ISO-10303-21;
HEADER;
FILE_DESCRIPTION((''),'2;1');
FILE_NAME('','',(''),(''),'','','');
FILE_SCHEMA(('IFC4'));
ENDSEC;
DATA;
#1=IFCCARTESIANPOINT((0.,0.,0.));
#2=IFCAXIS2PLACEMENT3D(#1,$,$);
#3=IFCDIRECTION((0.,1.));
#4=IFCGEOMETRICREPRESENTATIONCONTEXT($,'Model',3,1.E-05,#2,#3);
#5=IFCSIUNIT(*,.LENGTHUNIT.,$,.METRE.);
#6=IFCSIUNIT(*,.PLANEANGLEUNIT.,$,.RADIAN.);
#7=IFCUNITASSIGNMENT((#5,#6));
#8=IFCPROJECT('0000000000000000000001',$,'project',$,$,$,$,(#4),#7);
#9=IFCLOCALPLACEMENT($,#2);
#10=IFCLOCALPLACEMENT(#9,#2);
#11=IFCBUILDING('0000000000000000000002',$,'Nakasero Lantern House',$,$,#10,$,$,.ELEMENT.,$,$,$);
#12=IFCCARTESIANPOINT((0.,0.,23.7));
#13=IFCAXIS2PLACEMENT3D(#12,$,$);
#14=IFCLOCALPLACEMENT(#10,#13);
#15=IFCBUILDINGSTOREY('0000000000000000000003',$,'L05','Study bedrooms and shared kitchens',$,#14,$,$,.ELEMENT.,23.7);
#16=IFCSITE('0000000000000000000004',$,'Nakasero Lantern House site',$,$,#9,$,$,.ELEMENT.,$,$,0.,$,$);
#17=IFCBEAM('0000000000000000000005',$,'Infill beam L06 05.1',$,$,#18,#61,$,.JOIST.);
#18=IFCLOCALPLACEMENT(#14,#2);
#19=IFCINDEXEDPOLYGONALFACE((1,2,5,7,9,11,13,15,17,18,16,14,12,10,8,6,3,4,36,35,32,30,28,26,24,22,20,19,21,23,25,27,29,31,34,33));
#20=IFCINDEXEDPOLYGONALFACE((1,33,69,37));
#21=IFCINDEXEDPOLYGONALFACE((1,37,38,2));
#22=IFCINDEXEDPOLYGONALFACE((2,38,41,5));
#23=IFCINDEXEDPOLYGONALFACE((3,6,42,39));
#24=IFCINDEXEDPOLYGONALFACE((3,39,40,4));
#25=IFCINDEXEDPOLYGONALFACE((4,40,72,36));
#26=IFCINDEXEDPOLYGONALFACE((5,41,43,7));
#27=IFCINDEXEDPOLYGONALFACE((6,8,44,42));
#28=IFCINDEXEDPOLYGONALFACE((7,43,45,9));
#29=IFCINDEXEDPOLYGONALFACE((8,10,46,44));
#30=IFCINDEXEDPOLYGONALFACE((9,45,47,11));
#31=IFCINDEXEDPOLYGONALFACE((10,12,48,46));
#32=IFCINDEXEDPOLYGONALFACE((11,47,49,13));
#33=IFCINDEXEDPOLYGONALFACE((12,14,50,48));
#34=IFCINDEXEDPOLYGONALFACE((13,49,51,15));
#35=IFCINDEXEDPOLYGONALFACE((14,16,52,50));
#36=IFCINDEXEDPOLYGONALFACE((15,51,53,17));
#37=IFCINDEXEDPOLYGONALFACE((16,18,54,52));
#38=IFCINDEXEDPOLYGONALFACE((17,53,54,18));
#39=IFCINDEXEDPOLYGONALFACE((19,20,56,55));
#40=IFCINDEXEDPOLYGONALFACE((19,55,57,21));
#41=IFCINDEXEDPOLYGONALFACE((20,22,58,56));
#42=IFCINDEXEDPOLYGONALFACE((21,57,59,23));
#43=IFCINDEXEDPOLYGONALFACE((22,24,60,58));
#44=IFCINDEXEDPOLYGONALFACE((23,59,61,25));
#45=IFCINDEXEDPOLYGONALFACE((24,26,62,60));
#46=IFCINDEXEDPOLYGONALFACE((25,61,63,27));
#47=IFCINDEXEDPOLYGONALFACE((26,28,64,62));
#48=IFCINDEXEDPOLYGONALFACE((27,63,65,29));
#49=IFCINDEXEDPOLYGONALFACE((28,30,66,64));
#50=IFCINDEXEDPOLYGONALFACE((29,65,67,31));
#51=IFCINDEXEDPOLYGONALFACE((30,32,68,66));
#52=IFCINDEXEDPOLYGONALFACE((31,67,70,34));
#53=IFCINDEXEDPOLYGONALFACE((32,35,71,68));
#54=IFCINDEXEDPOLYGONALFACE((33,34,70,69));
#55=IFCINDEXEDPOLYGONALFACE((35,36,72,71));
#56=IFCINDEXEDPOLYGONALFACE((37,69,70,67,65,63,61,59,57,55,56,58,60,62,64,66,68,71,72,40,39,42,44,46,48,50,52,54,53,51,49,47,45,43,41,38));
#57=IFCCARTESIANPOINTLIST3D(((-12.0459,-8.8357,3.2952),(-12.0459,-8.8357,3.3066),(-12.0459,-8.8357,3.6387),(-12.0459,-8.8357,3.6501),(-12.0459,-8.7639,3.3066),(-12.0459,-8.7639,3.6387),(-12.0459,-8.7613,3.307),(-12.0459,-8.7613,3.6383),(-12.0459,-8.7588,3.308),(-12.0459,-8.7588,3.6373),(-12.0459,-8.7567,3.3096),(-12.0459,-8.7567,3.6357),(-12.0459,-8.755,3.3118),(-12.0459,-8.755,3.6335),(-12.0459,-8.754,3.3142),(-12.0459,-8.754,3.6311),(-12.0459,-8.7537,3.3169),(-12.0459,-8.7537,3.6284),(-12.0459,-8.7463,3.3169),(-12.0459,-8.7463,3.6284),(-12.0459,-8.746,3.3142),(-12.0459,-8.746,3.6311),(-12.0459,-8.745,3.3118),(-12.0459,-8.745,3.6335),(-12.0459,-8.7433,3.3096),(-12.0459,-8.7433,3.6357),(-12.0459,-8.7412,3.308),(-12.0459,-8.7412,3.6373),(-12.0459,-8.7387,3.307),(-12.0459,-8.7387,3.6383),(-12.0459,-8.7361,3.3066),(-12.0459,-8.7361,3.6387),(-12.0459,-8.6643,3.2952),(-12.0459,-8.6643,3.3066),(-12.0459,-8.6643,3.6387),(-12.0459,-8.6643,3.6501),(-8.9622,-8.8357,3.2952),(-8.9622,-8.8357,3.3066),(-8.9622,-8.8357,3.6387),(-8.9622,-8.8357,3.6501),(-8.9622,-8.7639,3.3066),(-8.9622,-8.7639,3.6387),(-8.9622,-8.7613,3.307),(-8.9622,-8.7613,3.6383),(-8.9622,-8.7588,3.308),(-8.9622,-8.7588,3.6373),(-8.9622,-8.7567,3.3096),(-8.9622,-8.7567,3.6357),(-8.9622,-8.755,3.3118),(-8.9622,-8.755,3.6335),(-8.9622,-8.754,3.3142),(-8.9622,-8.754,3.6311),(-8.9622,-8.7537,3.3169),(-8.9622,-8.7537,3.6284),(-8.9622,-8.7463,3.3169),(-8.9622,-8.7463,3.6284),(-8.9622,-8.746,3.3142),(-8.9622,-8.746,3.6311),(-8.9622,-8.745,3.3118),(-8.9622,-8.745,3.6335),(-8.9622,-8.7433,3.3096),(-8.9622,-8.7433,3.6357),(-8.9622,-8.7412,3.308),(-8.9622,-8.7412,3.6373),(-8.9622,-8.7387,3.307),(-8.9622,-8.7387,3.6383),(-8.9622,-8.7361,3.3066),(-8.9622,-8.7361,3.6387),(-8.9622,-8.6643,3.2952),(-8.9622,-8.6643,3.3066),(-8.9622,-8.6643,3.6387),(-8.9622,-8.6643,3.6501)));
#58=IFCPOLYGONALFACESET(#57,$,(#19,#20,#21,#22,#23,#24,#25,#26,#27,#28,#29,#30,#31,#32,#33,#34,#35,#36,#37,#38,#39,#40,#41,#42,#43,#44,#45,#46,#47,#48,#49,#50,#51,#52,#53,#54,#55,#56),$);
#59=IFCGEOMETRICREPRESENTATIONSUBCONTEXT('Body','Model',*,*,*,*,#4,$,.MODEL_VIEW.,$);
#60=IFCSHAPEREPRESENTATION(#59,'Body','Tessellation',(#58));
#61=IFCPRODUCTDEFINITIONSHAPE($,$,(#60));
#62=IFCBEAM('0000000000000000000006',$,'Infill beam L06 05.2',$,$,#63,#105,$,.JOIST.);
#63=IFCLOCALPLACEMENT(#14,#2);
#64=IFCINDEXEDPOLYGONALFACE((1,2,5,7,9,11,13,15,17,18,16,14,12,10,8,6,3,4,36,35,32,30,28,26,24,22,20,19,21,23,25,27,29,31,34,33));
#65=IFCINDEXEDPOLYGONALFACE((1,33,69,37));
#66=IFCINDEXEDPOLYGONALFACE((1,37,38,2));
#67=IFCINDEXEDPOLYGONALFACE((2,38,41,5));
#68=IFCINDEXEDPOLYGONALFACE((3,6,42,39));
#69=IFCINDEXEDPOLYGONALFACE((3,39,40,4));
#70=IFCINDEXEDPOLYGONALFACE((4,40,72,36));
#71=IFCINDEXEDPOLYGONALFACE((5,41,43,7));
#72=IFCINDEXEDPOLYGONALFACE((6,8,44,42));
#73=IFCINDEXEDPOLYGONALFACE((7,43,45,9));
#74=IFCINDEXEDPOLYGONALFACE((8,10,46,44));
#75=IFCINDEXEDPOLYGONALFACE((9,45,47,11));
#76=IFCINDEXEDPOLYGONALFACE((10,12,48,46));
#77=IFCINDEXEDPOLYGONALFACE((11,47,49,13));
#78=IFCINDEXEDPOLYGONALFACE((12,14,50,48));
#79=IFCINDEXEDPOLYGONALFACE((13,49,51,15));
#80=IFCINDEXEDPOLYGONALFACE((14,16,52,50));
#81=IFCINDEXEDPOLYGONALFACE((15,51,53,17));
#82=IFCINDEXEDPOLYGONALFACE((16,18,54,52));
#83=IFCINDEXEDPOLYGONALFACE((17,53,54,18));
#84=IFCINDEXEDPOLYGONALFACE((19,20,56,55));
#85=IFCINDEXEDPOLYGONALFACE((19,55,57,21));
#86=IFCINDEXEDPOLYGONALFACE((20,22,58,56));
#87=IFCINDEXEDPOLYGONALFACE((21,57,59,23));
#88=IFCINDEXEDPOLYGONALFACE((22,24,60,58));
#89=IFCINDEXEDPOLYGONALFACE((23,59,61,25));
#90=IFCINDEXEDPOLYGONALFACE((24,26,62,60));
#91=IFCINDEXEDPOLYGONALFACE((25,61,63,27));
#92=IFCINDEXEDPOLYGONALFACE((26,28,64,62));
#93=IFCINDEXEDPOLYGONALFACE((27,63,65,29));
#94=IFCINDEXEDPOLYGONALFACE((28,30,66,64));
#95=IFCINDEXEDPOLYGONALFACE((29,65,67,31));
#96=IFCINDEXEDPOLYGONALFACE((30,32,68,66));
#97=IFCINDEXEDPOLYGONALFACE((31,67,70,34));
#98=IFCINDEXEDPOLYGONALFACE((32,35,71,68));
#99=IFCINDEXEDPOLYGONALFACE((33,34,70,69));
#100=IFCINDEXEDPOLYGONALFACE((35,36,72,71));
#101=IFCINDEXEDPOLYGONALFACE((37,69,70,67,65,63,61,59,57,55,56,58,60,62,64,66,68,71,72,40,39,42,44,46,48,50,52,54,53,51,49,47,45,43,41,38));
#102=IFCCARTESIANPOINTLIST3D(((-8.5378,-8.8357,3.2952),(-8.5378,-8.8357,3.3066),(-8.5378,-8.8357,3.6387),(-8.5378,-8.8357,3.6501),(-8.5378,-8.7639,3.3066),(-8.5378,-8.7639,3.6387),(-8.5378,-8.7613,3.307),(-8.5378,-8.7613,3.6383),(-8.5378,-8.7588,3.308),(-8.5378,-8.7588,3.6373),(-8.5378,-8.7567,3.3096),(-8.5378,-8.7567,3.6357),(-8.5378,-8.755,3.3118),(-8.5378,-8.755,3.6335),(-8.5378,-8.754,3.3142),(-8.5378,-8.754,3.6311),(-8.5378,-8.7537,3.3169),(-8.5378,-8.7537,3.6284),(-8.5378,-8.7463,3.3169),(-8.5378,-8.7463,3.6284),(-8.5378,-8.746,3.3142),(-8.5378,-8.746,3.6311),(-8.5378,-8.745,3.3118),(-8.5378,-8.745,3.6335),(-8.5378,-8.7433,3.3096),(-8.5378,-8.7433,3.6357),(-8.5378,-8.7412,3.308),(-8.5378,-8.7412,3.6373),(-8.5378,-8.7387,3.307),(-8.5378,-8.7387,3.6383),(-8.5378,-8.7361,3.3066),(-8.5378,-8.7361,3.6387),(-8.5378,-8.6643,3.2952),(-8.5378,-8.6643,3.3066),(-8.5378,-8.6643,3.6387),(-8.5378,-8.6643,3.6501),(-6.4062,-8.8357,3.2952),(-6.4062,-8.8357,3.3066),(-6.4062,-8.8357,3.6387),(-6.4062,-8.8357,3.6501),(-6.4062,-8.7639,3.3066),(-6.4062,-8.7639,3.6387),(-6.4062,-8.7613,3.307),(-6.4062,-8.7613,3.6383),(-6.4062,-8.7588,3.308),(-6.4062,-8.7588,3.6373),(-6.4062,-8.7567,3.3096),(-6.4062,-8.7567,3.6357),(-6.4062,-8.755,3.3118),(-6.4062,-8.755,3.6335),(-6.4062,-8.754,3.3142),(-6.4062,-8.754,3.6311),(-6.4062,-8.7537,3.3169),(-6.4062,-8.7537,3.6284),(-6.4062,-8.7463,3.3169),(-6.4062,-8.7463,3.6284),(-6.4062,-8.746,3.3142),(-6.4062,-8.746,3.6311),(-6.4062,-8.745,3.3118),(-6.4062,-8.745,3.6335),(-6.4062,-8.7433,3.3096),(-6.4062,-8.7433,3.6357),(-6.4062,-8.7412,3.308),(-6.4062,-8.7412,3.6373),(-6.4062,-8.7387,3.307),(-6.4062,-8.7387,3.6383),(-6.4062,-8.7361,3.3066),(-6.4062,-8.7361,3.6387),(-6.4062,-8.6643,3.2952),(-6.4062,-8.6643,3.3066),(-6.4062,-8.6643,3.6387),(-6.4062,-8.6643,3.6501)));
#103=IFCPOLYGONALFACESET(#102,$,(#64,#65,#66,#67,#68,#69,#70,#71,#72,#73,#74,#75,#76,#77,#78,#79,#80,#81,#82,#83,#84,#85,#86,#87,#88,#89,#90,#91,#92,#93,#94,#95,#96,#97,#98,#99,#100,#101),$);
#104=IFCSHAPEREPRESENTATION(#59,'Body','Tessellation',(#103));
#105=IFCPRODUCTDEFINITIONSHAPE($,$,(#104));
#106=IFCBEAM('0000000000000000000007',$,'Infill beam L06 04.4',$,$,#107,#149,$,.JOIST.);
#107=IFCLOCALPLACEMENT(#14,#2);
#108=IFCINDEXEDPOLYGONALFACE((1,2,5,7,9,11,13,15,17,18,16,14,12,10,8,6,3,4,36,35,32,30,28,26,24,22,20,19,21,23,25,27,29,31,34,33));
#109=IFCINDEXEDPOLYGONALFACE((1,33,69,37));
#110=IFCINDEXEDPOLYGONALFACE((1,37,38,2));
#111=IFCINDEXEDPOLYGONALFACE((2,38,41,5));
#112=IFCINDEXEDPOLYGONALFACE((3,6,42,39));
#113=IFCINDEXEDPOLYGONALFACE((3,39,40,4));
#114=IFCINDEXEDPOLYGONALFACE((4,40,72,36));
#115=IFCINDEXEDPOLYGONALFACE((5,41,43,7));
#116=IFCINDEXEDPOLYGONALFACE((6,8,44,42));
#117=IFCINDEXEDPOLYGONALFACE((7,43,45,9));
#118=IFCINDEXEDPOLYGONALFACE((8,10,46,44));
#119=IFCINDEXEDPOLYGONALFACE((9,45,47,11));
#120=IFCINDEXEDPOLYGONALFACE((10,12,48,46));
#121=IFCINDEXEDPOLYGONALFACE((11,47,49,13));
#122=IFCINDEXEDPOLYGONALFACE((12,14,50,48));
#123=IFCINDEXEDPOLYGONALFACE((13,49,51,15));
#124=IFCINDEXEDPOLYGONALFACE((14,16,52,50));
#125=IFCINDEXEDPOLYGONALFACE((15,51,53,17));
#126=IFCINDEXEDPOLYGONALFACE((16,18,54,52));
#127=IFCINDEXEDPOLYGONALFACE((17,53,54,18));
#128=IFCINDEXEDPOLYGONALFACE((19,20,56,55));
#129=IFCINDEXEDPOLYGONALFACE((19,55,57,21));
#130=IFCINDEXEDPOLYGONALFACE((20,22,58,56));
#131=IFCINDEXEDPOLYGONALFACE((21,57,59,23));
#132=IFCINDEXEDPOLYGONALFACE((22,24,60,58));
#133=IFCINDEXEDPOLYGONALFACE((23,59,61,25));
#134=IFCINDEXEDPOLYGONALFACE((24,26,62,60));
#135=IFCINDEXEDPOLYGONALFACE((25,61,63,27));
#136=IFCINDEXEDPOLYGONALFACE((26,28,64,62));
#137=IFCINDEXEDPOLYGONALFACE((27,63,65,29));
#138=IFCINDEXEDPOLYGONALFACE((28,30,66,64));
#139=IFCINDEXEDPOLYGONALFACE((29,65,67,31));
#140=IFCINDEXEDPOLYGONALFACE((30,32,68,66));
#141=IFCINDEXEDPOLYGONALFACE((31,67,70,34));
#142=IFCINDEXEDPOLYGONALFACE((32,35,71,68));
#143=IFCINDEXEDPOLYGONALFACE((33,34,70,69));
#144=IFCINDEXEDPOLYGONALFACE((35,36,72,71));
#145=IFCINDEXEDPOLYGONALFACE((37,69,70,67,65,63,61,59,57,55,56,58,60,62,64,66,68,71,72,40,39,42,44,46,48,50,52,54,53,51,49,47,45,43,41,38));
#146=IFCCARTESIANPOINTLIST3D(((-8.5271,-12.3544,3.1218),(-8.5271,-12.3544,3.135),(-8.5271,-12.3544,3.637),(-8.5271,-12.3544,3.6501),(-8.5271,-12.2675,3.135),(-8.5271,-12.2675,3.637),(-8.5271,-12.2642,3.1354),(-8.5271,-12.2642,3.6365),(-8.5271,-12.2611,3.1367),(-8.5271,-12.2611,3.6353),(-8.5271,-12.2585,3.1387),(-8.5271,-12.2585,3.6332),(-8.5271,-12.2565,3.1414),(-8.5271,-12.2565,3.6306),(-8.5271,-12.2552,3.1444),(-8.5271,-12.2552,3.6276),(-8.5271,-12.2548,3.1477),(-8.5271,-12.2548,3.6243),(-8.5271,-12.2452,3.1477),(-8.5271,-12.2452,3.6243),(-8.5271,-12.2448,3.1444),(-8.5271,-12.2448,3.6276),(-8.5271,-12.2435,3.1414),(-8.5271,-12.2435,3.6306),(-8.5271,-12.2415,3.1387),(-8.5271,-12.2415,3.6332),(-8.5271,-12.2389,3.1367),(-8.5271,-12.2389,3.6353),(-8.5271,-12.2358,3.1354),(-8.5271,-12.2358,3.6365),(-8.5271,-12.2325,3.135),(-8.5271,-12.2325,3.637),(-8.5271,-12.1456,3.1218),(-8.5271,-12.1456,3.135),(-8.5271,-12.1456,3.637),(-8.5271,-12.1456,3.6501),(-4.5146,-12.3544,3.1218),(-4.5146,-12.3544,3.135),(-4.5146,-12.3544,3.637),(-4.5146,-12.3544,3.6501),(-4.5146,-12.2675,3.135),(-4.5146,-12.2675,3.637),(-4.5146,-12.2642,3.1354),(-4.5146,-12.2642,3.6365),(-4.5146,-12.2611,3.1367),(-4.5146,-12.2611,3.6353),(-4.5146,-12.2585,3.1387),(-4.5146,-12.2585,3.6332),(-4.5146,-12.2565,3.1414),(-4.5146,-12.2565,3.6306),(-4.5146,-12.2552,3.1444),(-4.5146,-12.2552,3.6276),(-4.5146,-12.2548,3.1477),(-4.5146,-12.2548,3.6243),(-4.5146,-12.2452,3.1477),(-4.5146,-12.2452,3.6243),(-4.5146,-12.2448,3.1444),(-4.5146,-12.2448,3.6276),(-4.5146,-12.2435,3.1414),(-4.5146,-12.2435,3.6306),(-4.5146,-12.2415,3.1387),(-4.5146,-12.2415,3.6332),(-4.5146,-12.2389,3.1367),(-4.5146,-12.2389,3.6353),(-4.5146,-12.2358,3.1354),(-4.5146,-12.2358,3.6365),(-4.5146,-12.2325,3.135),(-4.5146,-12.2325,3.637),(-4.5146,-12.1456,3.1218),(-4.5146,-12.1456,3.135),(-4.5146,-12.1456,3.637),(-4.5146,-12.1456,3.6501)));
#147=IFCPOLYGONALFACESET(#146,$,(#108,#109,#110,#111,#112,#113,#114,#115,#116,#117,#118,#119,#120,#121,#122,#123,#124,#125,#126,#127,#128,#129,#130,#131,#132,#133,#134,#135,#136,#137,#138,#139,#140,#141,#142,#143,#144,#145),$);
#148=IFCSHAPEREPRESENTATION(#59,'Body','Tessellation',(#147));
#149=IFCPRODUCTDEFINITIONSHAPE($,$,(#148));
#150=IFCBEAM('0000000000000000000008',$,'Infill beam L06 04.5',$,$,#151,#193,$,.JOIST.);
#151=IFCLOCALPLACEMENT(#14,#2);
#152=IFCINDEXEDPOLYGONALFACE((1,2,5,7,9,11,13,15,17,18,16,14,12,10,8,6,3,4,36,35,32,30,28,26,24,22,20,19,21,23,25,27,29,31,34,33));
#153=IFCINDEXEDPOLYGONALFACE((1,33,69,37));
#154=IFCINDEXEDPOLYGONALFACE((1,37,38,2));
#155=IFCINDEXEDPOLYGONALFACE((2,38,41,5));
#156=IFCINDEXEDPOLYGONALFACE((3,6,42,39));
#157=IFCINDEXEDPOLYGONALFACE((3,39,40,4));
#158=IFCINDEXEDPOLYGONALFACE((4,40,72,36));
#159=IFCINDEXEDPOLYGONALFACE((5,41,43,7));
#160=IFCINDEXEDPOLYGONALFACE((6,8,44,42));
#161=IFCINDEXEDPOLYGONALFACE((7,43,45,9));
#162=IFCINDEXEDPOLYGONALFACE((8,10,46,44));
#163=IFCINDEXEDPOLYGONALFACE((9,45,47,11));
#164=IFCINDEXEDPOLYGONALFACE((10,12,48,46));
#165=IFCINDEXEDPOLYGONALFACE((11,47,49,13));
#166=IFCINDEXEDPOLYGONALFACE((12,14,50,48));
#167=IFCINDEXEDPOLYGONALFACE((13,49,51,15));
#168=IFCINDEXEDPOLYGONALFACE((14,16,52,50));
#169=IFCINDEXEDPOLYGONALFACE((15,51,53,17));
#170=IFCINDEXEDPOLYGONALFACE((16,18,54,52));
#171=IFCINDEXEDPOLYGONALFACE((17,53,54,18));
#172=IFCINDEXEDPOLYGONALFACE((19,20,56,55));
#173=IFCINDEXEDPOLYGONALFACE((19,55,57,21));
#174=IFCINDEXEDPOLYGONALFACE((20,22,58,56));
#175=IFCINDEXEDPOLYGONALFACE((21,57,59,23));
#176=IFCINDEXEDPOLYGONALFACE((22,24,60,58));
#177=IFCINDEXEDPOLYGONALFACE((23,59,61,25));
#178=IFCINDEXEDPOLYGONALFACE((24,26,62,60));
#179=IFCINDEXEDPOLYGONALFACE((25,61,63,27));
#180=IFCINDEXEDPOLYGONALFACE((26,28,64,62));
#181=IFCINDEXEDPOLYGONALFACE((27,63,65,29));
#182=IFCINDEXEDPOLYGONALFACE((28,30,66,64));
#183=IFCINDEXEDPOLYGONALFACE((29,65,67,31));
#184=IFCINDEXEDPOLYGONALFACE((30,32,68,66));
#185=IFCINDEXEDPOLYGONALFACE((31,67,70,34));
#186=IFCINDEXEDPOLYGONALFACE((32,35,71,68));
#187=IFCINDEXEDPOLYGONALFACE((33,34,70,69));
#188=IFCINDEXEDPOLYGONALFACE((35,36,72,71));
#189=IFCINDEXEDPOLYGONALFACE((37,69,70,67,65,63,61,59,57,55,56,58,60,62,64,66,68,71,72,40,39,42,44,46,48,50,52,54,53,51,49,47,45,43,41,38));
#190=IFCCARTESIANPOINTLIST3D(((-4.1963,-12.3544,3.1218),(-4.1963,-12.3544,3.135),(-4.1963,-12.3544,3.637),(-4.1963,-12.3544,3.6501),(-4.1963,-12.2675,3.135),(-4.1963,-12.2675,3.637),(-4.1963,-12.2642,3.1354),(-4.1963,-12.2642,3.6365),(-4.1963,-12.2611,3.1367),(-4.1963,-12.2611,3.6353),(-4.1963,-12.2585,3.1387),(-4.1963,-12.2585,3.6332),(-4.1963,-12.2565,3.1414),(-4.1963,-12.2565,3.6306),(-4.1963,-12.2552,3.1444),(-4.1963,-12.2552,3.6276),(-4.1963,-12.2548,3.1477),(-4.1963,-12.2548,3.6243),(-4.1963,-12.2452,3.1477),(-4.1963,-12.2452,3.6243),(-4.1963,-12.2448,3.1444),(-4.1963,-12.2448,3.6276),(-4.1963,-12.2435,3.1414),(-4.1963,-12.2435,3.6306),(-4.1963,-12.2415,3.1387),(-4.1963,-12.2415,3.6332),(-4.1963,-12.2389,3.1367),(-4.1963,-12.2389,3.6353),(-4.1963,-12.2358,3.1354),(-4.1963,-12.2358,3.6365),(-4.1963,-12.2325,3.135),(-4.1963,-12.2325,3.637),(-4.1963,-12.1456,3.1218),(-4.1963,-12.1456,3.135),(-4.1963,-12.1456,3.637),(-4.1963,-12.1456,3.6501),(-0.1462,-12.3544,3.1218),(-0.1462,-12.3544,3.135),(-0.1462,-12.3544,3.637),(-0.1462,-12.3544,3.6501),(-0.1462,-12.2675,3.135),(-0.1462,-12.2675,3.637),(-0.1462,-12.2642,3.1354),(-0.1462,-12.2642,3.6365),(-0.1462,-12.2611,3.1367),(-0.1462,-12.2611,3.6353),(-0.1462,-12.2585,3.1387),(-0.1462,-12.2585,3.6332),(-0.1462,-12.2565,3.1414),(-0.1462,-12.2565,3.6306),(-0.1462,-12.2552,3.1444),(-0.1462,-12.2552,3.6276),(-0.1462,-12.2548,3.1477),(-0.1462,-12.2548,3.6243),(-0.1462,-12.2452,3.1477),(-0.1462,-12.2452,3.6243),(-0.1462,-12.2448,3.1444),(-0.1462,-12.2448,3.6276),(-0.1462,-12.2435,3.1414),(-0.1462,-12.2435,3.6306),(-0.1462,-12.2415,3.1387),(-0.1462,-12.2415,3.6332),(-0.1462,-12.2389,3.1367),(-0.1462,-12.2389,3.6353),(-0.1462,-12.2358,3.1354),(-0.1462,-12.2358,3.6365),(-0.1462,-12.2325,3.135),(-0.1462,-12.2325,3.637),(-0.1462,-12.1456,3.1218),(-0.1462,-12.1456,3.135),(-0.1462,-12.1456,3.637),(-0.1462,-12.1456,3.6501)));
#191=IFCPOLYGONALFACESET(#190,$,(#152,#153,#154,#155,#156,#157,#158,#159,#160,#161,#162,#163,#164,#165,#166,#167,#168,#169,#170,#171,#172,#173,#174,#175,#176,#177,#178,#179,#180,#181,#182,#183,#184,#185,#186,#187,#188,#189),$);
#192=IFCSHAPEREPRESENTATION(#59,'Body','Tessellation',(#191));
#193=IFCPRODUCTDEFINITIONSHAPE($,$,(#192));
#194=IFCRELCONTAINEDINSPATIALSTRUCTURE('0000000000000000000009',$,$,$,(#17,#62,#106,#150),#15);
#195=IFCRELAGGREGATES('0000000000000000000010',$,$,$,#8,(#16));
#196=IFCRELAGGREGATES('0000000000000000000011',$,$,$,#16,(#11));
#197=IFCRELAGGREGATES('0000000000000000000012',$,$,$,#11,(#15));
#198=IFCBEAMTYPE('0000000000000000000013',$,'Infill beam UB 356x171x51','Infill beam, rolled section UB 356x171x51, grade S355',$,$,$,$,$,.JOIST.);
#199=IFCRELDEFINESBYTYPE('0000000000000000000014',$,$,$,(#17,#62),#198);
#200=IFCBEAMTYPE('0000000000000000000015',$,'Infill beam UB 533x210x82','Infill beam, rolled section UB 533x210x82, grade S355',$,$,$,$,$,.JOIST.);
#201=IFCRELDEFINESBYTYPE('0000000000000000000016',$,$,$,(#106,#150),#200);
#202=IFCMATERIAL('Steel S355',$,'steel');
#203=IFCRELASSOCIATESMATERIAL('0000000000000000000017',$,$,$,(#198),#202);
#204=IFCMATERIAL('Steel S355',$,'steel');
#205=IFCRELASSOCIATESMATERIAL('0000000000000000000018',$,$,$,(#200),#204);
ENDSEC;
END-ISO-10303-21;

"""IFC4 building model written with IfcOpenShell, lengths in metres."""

from ifc_helpers import new_model, si_unit, direction, frame, origin, origin_2d, place, context, subcontext, project, spatial, i_section, extrude, material, material_profile, profile_set, type_object, element, save


model = new_model("IFC4")

# Units and contexts
model_context = context("Model", 3, precision=1e-05, world=origin(), true_north=direction((0.0, 1.0)))
body_context = subcontext(model_context, "Body", "Model", "MODEL_VIEW")
ifc_project = project(units=[si_unit("LENGTHUNIT", "METRE"), si_unit("PLANEANGLEUNIT", "RADIAN")], contexts=[model_context])

# Site, building, storey
site_placement = place(None, origin())
site = spatial("IfcSite", under=ifc_project, at=site_placement, Name="Nakasero Lantern House site", CompositionType="ELEMENT", RefElevation=0.0)
building_placement = place(site_placement, origin())
building = spatial("IfcBuilding", under=site, at=building_placement, Name="Nakasero Lantern House", CompositionType="ELEMENT")
storey_placement = place(building_placement, frame((0.0, 0.0, 23.7)))
storey = spatial("IfcBuildingStorey", under=building, at=storey_placement, Name="L05", Description="Study bedrooms and shared kitchens", CompositionType="ELEMENT", Elevation=23.7)

# Beams
ifc_material_1 = material(Name="Steel S355", Category="steel")
ifc_material_profile_1 = material_profile(ifc_material_1, i_section(OverallWidth=0.1714, OverallDepth=0.355, WebThickness=0.0073, FlangeThickness=0.0115, FilletRadius=0.0103, at=origin_2d()), Name="UB 356x171x51")
ifc_profile_set_1 = profile_set([ifc_material_profile_1], Name="Steel S355")
beam_type_1 = type_object("IfcBeamType", Name="Infill beam UB 356x171x51", Description="Infill beam, rolled section UB 356x171x51, grade S355", PredefinedType="JOIST", material=ifc_profile_set_1)
beam_1_placement = place(storey_placement, frame((-12.0459, -8.75, 3.4727), z_axis=(1.0, 0.0, 0.0), x_axis=(0.0, 1.0, 0.0)))
element("IfcBeam", 1, at=beam_1_placement, inside=storey, type_object=beam_type_1, Name="Infill beam L06 05.1", PredefinedType="JOIST", context=body_context, shape_type="SweptSolid", body=[
    extrude(i_section(OverallWidth=0.1714, OverallDepth=0.355, WebThickness=0.0073, FlangeThickness=0.0115, FilletRadius=0.0103, at=origin_2d()), origin(), (0.0, 0.0, 1.0), 3.0837),
])
beam_2_placement = place(storey_placement, frame((-8.5378, -8.75, 3.4727), z_axis=(1.0, 0.0, 0.0), x_axis=(0.0, 1.0, 0.0)))
element("IfcBeam", 2, at=beam_2_placement, inside=storey, type_object=beam_type_1, Name="Infill beam L06 05.2", PredefinedType="JOIST", context=body_context, shape_type="SweptSolid", body=[
    extrude(i_section(OverallWidth=0.1714, OverallDepth=0.355, WebThickness=0.0073, FlangeThickness=0.0115, FilletRadius=0.0103, at=origin_2d()), origin(), (0.0, 0.0, 1.0), 2.1316),
])
ifc_material_2 = material(Name="Steel S355", Category="steel")
ifc_material_profile_2 = material_profile(ifc_material_2, i_section(OverallWidth=0.2087, OverallDepth=0.5283, WebThickness=0.0095, FlangeThickness=0.0132, FilletRadius=0.0127, at=origin_2d()), Name="UB 533x210x82")
ifc_profile_set_2 = profile_set([ifc_material_profile_2], Name="Steel S355")
beam_type_2 = type_object("IfcBeamType", Name="Infill beam UB 533x210x82", Description="Infill beam, rolled section UB 533x210x82, grade S355", PredefinedType="JOIST", material=ifc_profile_set_2)
beam_3_placement = place(storey_placement, frame((-8.5271, -12.25, 3.386), z_axis=(1.0, 0.0, 0.0), x_axis=(0.0, 1.0, 0.0)))
element("IfcBeam", 3, at=beam_3_placement, inside=storey, type_object=beam_type_2, Name="Infill beam L06 04.4", PredefinedType="JOIST", context=body_context, shape_type="SweptSolid", body=[
    extrude(i_section(OverallWidth=0.2087, OverallDepth=0.5283, WebThickness=0.0095, FlangeThickness=0.0132, FilletRadius=0.0127, at=origin_2d()), origin(), (0.0, 0.0, 1.0), 4.0125),
])
beam_4_placement = place(storey_placement, frame((-4.1963, -12.25, 3.386), z_axis=(1.0, 0.0, 0.0), x_axis=(0.0, 1.0, 0.0)))
element("IfcBeam", 4, at=beam_4_placement, inside=storey, type_object=beam_type_2, Name="Infill beam L06 04.5", PredefinedType="JOIST", context=body_context, shape_type="SweptSolid", body=[
    extrude(i_section(OverallWidth=0.2087, OverallDepth=0.5283, WebThickness=0.0095, FlangeThickness=0.0132, FilletRadius=0.0127, at=origin_2d()), origin(), (0.0, 0.0, 1.0), 4.05),
])

save(model, "model.ifc")
